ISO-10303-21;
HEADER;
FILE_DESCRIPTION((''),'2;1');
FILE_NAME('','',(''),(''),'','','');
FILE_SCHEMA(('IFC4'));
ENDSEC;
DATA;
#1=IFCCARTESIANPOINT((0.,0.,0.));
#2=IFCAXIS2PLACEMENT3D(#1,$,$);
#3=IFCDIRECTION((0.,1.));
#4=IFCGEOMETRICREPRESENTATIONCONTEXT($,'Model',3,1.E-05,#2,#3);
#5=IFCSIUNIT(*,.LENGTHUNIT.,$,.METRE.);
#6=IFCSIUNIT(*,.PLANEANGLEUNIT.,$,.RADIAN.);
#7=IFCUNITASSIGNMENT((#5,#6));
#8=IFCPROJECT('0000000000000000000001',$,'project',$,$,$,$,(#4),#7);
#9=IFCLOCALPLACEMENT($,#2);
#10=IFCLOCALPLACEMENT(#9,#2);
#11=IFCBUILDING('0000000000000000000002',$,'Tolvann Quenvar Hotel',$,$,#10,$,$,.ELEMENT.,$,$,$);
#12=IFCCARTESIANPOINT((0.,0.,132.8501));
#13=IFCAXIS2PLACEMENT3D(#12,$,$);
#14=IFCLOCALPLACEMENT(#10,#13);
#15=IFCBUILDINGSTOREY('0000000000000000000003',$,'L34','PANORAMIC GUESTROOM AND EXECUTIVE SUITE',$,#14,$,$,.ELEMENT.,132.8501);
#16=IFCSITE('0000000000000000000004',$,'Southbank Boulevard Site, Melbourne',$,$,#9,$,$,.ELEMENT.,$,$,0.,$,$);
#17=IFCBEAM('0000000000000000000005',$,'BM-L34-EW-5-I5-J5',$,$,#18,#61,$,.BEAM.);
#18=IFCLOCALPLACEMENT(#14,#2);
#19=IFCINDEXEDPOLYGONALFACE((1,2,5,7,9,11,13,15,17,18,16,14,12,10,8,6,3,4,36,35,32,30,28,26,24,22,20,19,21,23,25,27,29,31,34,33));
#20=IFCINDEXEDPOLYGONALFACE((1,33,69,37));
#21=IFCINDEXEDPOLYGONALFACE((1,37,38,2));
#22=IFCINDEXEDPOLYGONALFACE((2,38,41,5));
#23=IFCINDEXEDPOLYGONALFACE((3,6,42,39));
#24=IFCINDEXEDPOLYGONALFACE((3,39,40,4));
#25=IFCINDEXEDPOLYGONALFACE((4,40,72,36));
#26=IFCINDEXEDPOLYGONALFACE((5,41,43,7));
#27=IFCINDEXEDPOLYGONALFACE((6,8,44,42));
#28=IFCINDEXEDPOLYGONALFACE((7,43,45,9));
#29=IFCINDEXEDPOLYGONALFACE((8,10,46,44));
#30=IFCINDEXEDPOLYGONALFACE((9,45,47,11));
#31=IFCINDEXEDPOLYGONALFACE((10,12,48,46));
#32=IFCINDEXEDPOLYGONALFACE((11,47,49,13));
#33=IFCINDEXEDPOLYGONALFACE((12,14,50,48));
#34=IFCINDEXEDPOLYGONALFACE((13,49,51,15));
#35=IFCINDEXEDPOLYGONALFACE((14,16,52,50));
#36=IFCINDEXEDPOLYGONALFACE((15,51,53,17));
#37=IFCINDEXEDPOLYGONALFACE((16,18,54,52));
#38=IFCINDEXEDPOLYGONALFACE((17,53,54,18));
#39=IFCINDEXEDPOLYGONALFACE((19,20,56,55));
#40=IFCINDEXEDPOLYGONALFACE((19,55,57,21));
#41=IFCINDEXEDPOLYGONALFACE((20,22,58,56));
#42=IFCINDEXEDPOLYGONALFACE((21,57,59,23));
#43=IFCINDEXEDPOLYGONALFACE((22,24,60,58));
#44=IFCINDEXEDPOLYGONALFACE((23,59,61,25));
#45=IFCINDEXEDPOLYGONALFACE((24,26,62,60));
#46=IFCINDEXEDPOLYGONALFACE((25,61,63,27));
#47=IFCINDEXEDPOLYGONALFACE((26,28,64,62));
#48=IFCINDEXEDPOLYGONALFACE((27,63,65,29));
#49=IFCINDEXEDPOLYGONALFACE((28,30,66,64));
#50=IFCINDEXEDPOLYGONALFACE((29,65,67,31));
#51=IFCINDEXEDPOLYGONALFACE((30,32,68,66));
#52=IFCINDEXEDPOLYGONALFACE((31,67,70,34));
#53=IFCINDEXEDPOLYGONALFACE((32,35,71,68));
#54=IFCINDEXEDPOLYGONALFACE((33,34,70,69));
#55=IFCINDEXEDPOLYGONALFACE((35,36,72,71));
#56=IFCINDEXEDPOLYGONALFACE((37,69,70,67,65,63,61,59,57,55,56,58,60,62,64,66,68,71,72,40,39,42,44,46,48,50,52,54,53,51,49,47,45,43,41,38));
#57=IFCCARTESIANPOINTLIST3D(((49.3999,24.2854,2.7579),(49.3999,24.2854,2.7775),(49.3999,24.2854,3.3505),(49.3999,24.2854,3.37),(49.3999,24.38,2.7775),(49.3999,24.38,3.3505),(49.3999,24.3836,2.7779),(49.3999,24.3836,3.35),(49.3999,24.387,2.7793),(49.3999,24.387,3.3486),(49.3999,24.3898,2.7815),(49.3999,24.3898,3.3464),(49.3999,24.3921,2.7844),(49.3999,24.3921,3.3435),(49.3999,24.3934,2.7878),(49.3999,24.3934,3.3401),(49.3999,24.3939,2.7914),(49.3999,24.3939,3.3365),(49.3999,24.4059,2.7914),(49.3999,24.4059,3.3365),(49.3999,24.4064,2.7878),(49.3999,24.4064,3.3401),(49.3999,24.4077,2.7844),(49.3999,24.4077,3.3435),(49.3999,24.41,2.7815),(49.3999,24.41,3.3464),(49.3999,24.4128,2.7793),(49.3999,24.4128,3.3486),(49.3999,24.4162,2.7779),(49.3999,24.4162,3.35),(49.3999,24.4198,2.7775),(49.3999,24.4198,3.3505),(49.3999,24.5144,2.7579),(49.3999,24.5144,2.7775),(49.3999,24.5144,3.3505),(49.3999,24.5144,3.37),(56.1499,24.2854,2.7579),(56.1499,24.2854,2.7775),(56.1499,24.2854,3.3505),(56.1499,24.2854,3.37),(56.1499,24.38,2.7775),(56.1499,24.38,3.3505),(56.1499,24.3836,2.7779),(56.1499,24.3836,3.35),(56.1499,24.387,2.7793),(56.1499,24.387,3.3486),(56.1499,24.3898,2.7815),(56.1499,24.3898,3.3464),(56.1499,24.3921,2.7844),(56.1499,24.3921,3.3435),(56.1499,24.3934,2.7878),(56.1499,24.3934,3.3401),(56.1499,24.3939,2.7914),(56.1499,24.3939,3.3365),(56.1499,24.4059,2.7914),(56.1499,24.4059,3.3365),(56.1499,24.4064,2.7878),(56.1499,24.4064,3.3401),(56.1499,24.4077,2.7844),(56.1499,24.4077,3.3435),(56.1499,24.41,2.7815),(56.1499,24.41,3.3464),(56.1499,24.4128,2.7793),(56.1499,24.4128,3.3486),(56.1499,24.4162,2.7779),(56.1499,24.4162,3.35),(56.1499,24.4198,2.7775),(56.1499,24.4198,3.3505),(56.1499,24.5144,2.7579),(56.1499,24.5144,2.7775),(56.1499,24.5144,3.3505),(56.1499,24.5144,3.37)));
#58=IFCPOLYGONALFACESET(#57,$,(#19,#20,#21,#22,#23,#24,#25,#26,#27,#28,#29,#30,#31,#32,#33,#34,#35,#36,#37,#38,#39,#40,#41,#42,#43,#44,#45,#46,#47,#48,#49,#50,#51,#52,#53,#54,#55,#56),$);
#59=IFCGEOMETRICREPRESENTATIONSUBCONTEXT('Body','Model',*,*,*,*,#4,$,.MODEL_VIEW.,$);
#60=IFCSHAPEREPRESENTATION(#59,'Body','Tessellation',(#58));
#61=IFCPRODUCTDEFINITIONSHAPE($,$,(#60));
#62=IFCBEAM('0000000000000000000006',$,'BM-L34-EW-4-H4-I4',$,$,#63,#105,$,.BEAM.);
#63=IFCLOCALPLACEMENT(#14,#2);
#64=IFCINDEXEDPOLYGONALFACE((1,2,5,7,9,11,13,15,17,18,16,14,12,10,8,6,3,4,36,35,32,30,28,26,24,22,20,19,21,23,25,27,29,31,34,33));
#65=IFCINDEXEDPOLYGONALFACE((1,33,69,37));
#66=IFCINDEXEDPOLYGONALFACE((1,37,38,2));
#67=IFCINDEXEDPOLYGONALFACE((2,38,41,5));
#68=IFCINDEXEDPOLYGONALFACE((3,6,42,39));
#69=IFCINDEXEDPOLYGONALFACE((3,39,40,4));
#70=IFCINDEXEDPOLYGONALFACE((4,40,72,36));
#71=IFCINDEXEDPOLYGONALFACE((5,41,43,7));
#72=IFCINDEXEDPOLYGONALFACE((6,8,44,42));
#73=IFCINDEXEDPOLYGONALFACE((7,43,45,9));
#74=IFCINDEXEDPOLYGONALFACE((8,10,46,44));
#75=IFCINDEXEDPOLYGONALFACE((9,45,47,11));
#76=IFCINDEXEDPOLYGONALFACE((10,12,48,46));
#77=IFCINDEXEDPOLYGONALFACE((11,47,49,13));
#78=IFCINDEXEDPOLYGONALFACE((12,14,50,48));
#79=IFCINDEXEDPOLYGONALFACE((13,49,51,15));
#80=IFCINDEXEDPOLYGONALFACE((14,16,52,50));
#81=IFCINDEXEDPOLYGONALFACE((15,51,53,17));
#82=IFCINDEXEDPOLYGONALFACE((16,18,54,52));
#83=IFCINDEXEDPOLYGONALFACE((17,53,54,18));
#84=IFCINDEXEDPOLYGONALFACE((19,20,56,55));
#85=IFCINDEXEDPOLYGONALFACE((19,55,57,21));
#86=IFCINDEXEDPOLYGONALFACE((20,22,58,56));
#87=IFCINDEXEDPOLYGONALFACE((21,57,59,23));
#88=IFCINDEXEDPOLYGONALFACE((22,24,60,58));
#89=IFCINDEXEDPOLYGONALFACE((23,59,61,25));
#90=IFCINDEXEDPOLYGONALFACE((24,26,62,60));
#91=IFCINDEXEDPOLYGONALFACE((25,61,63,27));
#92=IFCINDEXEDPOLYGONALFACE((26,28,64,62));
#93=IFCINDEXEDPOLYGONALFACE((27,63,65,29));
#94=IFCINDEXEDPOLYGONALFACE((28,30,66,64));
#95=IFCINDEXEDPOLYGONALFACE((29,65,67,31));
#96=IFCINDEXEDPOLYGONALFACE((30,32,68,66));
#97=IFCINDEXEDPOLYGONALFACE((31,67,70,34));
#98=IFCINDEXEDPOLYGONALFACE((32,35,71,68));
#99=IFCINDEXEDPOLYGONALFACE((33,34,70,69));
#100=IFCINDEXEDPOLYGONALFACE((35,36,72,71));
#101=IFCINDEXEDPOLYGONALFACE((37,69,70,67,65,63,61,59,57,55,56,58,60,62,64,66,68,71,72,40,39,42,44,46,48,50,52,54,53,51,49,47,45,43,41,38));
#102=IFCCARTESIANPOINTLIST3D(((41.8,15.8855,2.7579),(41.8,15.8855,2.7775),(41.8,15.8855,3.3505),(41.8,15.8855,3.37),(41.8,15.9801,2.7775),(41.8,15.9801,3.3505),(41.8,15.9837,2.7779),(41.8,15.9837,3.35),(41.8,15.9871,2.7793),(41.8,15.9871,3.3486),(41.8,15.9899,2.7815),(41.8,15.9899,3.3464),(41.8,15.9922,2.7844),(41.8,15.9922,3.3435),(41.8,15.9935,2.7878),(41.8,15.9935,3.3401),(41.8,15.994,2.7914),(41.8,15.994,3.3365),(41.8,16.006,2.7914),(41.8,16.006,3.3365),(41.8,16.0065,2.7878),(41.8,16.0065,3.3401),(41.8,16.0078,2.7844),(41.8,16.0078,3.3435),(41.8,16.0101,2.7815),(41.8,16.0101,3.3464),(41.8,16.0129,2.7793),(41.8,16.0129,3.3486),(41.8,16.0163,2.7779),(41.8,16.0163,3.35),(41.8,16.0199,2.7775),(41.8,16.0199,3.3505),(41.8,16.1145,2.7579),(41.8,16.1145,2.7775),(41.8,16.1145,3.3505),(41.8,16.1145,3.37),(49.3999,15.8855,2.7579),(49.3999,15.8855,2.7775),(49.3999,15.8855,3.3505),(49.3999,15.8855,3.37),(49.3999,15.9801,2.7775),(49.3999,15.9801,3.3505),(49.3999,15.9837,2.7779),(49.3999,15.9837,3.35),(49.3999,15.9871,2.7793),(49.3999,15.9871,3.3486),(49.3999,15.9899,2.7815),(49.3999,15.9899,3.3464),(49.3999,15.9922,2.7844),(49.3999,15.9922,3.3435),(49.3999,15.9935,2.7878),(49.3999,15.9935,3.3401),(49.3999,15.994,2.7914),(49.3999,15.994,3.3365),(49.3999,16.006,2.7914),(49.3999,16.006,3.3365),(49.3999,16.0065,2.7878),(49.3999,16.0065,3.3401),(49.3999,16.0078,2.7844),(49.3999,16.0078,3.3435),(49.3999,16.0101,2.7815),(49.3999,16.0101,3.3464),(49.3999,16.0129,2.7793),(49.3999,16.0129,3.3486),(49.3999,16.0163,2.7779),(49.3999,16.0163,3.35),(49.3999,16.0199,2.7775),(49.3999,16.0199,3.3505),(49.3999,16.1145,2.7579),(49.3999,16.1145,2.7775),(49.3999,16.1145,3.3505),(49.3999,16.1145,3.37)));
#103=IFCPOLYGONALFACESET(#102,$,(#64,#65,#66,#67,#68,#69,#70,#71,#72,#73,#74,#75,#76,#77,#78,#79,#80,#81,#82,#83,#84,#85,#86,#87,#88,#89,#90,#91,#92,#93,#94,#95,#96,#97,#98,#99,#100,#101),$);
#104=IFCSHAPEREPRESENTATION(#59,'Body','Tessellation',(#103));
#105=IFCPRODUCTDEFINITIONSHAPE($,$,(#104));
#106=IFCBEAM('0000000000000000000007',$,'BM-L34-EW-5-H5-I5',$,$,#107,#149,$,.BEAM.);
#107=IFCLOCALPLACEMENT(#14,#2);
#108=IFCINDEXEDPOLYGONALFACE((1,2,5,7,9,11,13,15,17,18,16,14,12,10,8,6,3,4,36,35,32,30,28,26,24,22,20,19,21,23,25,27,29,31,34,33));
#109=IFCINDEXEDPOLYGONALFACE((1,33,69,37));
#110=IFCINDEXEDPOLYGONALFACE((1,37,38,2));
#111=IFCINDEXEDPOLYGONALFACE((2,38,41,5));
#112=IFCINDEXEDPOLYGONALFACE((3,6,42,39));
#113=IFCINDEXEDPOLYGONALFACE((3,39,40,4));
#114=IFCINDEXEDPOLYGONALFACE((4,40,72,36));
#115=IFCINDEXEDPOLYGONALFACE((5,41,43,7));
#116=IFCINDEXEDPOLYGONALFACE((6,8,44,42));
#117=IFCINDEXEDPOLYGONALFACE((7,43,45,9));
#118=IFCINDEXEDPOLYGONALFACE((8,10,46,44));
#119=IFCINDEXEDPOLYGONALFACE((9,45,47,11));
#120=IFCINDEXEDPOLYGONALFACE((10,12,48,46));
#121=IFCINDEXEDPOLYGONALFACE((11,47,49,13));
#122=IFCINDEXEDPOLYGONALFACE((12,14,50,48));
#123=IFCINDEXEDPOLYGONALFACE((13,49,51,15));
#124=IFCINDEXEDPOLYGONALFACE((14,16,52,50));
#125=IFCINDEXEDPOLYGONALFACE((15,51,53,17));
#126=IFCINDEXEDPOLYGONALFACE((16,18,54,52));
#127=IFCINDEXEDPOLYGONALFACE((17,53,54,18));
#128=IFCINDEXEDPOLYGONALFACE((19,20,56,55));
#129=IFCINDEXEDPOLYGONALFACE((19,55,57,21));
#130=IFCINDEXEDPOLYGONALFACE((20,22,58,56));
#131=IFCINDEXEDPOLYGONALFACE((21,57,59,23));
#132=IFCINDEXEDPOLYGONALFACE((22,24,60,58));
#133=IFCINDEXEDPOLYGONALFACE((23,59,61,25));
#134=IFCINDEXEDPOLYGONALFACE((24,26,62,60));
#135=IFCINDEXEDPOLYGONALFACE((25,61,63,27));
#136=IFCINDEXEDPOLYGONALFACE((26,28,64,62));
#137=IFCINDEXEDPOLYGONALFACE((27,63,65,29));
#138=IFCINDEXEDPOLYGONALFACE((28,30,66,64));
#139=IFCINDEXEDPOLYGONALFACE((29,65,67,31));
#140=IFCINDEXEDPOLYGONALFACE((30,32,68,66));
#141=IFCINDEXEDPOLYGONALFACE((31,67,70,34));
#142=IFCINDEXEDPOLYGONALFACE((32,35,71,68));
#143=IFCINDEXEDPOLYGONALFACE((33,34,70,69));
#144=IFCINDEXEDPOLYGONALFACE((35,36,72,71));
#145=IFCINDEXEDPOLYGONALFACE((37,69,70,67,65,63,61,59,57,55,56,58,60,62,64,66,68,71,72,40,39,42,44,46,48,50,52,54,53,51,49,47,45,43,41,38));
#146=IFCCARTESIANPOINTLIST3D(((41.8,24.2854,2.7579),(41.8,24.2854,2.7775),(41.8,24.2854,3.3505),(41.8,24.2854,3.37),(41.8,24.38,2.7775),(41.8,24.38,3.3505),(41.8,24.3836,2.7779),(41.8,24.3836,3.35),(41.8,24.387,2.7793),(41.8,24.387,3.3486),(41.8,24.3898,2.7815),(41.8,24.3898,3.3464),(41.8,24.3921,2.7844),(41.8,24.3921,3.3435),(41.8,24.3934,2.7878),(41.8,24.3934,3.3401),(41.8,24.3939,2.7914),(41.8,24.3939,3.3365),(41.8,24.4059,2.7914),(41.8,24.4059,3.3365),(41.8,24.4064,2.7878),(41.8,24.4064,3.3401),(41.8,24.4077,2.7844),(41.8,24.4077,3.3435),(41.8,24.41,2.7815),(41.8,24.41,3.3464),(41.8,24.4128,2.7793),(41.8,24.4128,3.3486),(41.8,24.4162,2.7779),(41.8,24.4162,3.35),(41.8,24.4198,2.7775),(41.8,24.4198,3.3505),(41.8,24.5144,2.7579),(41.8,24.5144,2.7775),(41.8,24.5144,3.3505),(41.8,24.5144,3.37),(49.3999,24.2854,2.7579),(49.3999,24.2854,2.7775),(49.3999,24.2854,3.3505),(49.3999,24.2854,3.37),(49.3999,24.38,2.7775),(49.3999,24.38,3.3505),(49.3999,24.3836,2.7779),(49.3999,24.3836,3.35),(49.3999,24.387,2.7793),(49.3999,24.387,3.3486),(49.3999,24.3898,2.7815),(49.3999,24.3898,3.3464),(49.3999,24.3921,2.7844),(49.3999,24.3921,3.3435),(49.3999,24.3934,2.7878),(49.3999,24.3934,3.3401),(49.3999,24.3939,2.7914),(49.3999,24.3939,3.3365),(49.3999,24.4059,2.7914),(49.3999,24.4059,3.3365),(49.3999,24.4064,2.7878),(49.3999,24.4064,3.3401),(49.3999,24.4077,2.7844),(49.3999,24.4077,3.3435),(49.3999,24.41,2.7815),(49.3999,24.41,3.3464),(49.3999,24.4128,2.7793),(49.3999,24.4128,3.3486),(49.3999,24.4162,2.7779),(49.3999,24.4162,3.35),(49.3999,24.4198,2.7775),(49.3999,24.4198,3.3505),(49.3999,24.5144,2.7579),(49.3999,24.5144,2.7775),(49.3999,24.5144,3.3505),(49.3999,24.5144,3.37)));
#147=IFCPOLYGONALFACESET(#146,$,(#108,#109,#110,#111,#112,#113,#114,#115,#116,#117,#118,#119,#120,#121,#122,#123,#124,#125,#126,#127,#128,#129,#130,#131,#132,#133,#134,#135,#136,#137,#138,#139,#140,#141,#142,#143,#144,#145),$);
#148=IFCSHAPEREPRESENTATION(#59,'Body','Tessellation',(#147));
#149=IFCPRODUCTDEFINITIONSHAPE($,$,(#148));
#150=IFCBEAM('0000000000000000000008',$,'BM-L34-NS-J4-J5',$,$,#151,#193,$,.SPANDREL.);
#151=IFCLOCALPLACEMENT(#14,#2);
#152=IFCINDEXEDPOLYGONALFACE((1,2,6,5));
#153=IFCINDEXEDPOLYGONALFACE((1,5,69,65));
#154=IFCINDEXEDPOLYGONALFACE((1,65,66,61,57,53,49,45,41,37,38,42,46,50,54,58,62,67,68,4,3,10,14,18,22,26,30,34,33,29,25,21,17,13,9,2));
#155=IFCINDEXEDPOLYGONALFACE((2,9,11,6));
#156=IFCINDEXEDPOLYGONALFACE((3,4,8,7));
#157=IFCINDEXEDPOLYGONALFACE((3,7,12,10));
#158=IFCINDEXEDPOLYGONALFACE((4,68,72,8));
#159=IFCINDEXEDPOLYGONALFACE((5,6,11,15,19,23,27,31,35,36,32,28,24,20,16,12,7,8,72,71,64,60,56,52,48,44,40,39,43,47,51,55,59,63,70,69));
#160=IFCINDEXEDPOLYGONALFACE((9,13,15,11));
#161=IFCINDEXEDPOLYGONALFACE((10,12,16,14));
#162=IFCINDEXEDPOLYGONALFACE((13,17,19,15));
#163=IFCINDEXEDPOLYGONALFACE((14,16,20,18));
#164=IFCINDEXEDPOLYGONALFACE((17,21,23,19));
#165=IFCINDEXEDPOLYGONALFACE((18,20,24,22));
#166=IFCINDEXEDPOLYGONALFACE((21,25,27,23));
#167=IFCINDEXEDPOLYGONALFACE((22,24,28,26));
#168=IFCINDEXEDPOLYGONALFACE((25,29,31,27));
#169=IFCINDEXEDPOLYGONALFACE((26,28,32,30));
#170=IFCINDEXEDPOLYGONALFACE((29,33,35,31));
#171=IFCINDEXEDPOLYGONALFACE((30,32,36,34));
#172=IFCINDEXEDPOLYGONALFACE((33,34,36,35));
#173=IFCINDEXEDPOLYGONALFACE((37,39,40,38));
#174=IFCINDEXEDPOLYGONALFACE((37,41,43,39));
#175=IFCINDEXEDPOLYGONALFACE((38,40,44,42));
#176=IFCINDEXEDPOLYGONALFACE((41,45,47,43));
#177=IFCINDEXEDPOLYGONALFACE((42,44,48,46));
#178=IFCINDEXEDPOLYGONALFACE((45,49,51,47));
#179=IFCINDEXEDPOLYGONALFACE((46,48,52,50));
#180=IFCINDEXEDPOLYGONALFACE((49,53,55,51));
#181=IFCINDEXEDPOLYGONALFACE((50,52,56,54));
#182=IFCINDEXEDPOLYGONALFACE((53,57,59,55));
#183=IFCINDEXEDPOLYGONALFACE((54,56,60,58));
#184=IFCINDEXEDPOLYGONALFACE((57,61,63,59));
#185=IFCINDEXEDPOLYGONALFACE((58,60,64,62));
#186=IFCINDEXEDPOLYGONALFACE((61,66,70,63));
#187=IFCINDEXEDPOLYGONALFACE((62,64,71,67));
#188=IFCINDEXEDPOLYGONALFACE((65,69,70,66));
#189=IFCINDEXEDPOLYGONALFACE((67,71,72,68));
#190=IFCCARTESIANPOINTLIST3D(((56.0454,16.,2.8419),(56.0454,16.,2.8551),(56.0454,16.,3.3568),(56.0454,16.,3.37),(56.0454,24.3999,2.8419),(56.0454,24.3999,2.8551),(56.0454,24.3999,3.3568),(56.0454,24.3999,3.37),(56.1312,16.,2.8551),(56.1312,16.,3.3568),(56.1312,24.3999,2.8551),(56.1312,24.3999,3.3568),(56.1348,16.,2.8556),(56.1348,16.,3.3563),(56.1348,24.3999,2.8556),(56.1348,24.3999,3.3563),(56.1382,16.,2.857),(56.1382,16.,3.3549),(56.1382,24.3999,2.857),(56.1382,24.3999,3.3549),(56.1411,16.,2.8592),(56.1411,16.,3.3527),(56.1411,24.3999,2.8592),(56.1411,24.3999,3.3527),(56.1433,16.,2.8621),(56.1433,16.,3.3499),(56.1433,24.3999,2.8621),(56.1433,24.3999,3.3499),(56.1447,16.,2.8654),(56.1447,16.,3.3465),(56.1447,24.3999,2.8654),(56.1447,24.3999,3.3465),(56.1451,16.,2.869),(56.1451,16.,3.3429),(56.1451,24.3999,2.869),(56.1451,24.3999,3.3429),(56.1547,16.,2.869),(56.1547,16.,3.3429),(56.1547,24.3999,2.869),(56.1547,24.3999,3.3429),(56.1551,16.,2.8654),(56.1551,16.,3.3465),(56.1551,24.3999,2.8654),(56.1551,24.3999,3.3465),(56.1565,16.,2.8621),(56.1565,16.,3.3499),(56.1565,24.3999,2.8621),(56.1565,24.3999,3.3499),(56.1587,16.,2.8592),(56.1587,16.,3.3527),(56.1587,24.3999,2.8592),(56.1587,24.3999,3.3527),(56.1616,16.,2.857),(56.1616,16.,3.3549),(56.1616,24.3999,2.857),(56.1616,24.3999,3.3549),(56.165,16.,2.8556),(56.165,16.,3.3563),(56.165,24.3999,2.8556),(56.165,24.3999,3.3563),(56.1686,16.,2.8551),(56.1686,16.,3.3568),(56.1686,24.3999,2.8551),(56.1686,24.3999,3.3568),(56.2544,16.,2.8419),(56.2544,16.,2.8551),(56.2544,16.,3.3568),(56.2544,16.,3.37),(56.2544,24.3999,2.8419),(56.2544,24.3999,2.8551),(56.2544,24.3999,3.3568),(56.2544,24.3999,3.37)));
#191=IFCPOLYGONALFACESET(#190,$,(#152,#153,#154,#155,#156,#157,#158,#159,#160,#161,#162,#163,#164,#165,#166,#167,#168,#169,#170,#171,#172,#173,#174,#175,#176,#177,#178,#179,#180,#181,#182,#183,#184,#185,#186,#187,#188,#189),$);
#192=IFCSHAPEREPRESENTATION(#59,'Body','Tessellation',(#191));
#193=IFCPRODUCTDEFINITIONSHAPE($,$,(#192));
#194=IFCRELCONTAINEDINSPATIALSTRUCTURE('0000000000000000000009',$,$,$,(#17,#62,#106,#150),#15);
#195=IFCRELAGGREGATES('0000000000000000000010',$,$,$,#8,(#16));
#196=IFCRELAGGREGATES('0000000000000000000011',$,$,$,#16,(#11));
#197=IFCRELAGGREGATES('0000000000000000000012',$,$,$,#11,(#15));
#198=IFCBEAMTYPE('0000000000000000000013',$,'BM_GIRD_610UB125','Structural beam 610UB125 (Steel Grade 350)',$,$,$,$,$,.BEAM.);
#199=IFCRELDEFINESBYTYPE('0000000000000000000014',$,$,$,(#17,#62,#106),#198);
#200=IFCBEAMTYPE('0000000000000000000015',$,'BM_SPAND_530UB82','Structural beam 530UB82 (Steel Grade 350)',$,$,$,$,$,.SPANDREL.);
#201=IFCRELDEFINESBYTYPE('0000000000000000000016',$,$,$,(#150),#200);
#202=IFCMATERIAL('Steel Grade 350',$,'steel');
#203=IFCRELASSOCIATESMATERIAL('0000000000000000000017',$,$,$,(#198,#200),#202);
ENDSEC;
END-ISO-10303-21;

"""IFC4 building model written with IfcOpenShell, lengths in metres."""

from ifc_helpers import new_model, si_unit, direction, frame, origin, origin_2d, place, context, subcontext, project, spatial, i_section, extrude, source, transform, mapped, material, material_profile, profile_set, type_object, type_shapes, element, save


model = new_model("IFC4")

# Units and contexts
model_context = context("Model", 3, precision=1e-05, world=origin(), true_north=direction((0.0, 1.0)))
body_context = subcontext(model_context, "Body", "Model", "MODEL_VIEW")
ifc_project = project(units=[si_unit("LENGTHUNIT", "METRE"), si_unit("PLANEANGLEUNIT", "RADIAN")], contexts=[model_context])

# Site, building, storey
site_placement = place(None, origin())
site = spatial("IfcSite", under=ifc_project, at=site_placement, Name="Southbank Boulevard Site, Melbourne", CompositionType="ELEMENT", RefElevation=0.0)
building_placement = place(site_placement, origin())
building = spatial("IfcBuilding", under=site, at=building_placement, Name="Tolvann Quenvar Hotel", CompositionType="ELEMENT")
storey_placement = place(building_placement, frame((0.0, 0.0, 132.8501)))
storey = spatial("IfcBuildingStorey", under=building, at=storey_placement, Name="L34", Description="PANORAMIC GUESTROOM AND EXECUTIVE SUITE", CompositionType="ELEMENT", Elevation=132.8501)

# Shared definitions
ifc_material_1 = material(Name="Steel Grade 350", Category="steel")

# Beams
ifc_material_profile_1 = material_profile(ifc_material_1, i_section(OverallWidth=0.229, OverallDepth=0.6121, WebThickness=0.012, FlangeThickness=0.0195, FilletRadius=0.0139, at=origin_2d()), Name="610UB125")
ifc_profile_set_1 = profile_set([ifc_material_profile_1], Name="Steel Grade 350")
beam_type_1 = type_object("IfcBeamType", Name="BM_GIRD_610UB125", Description="Structural beam 610UB125 (Steel Grade 350)", PredefinedType="BEAM", material=ifc_profile_set_1)
shared_shape_1 = source(origin(), body_context, "Body", "SweptSolid", [
    extrude(i_section(OverallWidth=0.229, OverallDepth=0.6121, WebThickness=0.012, FlangeThickness=0.0195, FilletRadius=0.0139, at=origin_2d()), origin(), (0.0, 0.0, 1.0), 6.75),
])
for number, where, z_axis, x_axis, name in (
    (1, (49.3999, 24.3999, 3.064), (1.0, 0.0, 0.0), (0.0, 1.0, 0.0), "BM-L34-EW-5-I5-J5"),
):
    element("IfcBeam", number, at=place(storey_placement, frame(where, z_axis=z_axis, x_axis=x_axis)), inside=storey, type_object=beam_type_1, Name=name, PredefinedType="BEAM", context=body_context, shape_type="MappedRepresentation", body=[
        mapped(shared_shape_1, transform((0.0, 0.0, 0.0), x_axis=(1.0, 0.0, 0.0), y_axis=(0.0, 1.0, 0.0), z_axis=(0.0, 0.0, 1.0), scale=1.0)),
    ])
shared_shape_2 = source(origin(), body_context, "Body", "SweptSolid", [
    extrude(i_section(OverallWidth=0.229, OverallDepth=0.6121, WebThickness=0.012, FlangeThickness=0.0195, FilletRadius=0.0139, at=origin_2d()), origin(), (0.0, 0.0, 1.0), 7.5999),
])
for number, where, z_axis, x_axis, name in (
    (2, (41.8, 16.0, 3.064), (1.0, 0.0, 0.0), (0.0, 1.0, 0.0), "BM-L34-EW-4-H4-I4"),
    (3, (41.8, 24.3999, 3.064), (1.0, 0.0, 0.0), (0.0, 1.0, 0.0), "BM-L34-EW-5-H5-I5"),
):
    element("IfcBeam", number, at=place(storey_placement, frame(where, z_axis=z_axis, x_axis=x_axis)), inside=storey, type_object=beam_type_1, Name=name, PredefinedType="BEAM", context=body_context, shape_type="MappedRepresentation", body=[
        mapped(shared_shape_2, transform((0.0, 0.0, 0.0), x_axis=(1.0, 0.0, 0.0), y_axis=(0.0, 1.0, 0.0), z_axis=(0.0, 0.0, 1.0), scale=1.0)),
    ])
ifc_material_profile_2 = material_profile(ifc_material_1, i_section(OverallWidth=0.209, OverallDepth=0.5281, WebThickness=0.0095, FlangeThickness=0.0132, FilletRadius=0.0139, at=origin_2d()), Name="530UB82")
ifc_profile_set_2 = profile_set([ifc_material_profile_2], Name="Steel Grade 350")
beam_type_2 = type_object("IfcBeamType", Name="BM_SPAND_530UB82", Description="Structural beam 530UB82 (Steel Grade 350)", PredefinedType="SPANDREL", material=ifc_profile_set_2)
shared_shape_3 = source(origin(), body_context, "Body", "SweptSolid", [
    extrude(i_section(OverallWidth=0.209, OverallDepth=0.5281, WebThickness=0.0095, FlangeThickness=0.0132, FilletRadius=0.0139, at=origin_2d()), origin(), (0.0, 0.0, 1.0), 8.3999),
])
type_shapes(beam_type_2, [shared_shape_3])
beam_1_placement = place(storey_placement, frame((56.1499, 16.0, 3.106), z_axis=(0.0, 1.0, 0.0), x_axis=(-1.0, 0.0, 0.0)))
element("IfcBeam", 4, at=beam_1_placement, inside=storey, type_object=beam_type_2, Name="BM-L34-NS-J4-J5", PredefinedType="SPANDREL", context=body_context, shape_type="MappedRepresentation", body=[
    mapped(shared_shape_3, transform((0.0, 0.0, 0.0), x_axis=(1.0, 0.0, 0.0), y_axis=(0.0, 1.0, 0.0), z_axis=(0.0, 0.0, 1.0), scale=1.0)),
])

save(model, "model.ifc")
